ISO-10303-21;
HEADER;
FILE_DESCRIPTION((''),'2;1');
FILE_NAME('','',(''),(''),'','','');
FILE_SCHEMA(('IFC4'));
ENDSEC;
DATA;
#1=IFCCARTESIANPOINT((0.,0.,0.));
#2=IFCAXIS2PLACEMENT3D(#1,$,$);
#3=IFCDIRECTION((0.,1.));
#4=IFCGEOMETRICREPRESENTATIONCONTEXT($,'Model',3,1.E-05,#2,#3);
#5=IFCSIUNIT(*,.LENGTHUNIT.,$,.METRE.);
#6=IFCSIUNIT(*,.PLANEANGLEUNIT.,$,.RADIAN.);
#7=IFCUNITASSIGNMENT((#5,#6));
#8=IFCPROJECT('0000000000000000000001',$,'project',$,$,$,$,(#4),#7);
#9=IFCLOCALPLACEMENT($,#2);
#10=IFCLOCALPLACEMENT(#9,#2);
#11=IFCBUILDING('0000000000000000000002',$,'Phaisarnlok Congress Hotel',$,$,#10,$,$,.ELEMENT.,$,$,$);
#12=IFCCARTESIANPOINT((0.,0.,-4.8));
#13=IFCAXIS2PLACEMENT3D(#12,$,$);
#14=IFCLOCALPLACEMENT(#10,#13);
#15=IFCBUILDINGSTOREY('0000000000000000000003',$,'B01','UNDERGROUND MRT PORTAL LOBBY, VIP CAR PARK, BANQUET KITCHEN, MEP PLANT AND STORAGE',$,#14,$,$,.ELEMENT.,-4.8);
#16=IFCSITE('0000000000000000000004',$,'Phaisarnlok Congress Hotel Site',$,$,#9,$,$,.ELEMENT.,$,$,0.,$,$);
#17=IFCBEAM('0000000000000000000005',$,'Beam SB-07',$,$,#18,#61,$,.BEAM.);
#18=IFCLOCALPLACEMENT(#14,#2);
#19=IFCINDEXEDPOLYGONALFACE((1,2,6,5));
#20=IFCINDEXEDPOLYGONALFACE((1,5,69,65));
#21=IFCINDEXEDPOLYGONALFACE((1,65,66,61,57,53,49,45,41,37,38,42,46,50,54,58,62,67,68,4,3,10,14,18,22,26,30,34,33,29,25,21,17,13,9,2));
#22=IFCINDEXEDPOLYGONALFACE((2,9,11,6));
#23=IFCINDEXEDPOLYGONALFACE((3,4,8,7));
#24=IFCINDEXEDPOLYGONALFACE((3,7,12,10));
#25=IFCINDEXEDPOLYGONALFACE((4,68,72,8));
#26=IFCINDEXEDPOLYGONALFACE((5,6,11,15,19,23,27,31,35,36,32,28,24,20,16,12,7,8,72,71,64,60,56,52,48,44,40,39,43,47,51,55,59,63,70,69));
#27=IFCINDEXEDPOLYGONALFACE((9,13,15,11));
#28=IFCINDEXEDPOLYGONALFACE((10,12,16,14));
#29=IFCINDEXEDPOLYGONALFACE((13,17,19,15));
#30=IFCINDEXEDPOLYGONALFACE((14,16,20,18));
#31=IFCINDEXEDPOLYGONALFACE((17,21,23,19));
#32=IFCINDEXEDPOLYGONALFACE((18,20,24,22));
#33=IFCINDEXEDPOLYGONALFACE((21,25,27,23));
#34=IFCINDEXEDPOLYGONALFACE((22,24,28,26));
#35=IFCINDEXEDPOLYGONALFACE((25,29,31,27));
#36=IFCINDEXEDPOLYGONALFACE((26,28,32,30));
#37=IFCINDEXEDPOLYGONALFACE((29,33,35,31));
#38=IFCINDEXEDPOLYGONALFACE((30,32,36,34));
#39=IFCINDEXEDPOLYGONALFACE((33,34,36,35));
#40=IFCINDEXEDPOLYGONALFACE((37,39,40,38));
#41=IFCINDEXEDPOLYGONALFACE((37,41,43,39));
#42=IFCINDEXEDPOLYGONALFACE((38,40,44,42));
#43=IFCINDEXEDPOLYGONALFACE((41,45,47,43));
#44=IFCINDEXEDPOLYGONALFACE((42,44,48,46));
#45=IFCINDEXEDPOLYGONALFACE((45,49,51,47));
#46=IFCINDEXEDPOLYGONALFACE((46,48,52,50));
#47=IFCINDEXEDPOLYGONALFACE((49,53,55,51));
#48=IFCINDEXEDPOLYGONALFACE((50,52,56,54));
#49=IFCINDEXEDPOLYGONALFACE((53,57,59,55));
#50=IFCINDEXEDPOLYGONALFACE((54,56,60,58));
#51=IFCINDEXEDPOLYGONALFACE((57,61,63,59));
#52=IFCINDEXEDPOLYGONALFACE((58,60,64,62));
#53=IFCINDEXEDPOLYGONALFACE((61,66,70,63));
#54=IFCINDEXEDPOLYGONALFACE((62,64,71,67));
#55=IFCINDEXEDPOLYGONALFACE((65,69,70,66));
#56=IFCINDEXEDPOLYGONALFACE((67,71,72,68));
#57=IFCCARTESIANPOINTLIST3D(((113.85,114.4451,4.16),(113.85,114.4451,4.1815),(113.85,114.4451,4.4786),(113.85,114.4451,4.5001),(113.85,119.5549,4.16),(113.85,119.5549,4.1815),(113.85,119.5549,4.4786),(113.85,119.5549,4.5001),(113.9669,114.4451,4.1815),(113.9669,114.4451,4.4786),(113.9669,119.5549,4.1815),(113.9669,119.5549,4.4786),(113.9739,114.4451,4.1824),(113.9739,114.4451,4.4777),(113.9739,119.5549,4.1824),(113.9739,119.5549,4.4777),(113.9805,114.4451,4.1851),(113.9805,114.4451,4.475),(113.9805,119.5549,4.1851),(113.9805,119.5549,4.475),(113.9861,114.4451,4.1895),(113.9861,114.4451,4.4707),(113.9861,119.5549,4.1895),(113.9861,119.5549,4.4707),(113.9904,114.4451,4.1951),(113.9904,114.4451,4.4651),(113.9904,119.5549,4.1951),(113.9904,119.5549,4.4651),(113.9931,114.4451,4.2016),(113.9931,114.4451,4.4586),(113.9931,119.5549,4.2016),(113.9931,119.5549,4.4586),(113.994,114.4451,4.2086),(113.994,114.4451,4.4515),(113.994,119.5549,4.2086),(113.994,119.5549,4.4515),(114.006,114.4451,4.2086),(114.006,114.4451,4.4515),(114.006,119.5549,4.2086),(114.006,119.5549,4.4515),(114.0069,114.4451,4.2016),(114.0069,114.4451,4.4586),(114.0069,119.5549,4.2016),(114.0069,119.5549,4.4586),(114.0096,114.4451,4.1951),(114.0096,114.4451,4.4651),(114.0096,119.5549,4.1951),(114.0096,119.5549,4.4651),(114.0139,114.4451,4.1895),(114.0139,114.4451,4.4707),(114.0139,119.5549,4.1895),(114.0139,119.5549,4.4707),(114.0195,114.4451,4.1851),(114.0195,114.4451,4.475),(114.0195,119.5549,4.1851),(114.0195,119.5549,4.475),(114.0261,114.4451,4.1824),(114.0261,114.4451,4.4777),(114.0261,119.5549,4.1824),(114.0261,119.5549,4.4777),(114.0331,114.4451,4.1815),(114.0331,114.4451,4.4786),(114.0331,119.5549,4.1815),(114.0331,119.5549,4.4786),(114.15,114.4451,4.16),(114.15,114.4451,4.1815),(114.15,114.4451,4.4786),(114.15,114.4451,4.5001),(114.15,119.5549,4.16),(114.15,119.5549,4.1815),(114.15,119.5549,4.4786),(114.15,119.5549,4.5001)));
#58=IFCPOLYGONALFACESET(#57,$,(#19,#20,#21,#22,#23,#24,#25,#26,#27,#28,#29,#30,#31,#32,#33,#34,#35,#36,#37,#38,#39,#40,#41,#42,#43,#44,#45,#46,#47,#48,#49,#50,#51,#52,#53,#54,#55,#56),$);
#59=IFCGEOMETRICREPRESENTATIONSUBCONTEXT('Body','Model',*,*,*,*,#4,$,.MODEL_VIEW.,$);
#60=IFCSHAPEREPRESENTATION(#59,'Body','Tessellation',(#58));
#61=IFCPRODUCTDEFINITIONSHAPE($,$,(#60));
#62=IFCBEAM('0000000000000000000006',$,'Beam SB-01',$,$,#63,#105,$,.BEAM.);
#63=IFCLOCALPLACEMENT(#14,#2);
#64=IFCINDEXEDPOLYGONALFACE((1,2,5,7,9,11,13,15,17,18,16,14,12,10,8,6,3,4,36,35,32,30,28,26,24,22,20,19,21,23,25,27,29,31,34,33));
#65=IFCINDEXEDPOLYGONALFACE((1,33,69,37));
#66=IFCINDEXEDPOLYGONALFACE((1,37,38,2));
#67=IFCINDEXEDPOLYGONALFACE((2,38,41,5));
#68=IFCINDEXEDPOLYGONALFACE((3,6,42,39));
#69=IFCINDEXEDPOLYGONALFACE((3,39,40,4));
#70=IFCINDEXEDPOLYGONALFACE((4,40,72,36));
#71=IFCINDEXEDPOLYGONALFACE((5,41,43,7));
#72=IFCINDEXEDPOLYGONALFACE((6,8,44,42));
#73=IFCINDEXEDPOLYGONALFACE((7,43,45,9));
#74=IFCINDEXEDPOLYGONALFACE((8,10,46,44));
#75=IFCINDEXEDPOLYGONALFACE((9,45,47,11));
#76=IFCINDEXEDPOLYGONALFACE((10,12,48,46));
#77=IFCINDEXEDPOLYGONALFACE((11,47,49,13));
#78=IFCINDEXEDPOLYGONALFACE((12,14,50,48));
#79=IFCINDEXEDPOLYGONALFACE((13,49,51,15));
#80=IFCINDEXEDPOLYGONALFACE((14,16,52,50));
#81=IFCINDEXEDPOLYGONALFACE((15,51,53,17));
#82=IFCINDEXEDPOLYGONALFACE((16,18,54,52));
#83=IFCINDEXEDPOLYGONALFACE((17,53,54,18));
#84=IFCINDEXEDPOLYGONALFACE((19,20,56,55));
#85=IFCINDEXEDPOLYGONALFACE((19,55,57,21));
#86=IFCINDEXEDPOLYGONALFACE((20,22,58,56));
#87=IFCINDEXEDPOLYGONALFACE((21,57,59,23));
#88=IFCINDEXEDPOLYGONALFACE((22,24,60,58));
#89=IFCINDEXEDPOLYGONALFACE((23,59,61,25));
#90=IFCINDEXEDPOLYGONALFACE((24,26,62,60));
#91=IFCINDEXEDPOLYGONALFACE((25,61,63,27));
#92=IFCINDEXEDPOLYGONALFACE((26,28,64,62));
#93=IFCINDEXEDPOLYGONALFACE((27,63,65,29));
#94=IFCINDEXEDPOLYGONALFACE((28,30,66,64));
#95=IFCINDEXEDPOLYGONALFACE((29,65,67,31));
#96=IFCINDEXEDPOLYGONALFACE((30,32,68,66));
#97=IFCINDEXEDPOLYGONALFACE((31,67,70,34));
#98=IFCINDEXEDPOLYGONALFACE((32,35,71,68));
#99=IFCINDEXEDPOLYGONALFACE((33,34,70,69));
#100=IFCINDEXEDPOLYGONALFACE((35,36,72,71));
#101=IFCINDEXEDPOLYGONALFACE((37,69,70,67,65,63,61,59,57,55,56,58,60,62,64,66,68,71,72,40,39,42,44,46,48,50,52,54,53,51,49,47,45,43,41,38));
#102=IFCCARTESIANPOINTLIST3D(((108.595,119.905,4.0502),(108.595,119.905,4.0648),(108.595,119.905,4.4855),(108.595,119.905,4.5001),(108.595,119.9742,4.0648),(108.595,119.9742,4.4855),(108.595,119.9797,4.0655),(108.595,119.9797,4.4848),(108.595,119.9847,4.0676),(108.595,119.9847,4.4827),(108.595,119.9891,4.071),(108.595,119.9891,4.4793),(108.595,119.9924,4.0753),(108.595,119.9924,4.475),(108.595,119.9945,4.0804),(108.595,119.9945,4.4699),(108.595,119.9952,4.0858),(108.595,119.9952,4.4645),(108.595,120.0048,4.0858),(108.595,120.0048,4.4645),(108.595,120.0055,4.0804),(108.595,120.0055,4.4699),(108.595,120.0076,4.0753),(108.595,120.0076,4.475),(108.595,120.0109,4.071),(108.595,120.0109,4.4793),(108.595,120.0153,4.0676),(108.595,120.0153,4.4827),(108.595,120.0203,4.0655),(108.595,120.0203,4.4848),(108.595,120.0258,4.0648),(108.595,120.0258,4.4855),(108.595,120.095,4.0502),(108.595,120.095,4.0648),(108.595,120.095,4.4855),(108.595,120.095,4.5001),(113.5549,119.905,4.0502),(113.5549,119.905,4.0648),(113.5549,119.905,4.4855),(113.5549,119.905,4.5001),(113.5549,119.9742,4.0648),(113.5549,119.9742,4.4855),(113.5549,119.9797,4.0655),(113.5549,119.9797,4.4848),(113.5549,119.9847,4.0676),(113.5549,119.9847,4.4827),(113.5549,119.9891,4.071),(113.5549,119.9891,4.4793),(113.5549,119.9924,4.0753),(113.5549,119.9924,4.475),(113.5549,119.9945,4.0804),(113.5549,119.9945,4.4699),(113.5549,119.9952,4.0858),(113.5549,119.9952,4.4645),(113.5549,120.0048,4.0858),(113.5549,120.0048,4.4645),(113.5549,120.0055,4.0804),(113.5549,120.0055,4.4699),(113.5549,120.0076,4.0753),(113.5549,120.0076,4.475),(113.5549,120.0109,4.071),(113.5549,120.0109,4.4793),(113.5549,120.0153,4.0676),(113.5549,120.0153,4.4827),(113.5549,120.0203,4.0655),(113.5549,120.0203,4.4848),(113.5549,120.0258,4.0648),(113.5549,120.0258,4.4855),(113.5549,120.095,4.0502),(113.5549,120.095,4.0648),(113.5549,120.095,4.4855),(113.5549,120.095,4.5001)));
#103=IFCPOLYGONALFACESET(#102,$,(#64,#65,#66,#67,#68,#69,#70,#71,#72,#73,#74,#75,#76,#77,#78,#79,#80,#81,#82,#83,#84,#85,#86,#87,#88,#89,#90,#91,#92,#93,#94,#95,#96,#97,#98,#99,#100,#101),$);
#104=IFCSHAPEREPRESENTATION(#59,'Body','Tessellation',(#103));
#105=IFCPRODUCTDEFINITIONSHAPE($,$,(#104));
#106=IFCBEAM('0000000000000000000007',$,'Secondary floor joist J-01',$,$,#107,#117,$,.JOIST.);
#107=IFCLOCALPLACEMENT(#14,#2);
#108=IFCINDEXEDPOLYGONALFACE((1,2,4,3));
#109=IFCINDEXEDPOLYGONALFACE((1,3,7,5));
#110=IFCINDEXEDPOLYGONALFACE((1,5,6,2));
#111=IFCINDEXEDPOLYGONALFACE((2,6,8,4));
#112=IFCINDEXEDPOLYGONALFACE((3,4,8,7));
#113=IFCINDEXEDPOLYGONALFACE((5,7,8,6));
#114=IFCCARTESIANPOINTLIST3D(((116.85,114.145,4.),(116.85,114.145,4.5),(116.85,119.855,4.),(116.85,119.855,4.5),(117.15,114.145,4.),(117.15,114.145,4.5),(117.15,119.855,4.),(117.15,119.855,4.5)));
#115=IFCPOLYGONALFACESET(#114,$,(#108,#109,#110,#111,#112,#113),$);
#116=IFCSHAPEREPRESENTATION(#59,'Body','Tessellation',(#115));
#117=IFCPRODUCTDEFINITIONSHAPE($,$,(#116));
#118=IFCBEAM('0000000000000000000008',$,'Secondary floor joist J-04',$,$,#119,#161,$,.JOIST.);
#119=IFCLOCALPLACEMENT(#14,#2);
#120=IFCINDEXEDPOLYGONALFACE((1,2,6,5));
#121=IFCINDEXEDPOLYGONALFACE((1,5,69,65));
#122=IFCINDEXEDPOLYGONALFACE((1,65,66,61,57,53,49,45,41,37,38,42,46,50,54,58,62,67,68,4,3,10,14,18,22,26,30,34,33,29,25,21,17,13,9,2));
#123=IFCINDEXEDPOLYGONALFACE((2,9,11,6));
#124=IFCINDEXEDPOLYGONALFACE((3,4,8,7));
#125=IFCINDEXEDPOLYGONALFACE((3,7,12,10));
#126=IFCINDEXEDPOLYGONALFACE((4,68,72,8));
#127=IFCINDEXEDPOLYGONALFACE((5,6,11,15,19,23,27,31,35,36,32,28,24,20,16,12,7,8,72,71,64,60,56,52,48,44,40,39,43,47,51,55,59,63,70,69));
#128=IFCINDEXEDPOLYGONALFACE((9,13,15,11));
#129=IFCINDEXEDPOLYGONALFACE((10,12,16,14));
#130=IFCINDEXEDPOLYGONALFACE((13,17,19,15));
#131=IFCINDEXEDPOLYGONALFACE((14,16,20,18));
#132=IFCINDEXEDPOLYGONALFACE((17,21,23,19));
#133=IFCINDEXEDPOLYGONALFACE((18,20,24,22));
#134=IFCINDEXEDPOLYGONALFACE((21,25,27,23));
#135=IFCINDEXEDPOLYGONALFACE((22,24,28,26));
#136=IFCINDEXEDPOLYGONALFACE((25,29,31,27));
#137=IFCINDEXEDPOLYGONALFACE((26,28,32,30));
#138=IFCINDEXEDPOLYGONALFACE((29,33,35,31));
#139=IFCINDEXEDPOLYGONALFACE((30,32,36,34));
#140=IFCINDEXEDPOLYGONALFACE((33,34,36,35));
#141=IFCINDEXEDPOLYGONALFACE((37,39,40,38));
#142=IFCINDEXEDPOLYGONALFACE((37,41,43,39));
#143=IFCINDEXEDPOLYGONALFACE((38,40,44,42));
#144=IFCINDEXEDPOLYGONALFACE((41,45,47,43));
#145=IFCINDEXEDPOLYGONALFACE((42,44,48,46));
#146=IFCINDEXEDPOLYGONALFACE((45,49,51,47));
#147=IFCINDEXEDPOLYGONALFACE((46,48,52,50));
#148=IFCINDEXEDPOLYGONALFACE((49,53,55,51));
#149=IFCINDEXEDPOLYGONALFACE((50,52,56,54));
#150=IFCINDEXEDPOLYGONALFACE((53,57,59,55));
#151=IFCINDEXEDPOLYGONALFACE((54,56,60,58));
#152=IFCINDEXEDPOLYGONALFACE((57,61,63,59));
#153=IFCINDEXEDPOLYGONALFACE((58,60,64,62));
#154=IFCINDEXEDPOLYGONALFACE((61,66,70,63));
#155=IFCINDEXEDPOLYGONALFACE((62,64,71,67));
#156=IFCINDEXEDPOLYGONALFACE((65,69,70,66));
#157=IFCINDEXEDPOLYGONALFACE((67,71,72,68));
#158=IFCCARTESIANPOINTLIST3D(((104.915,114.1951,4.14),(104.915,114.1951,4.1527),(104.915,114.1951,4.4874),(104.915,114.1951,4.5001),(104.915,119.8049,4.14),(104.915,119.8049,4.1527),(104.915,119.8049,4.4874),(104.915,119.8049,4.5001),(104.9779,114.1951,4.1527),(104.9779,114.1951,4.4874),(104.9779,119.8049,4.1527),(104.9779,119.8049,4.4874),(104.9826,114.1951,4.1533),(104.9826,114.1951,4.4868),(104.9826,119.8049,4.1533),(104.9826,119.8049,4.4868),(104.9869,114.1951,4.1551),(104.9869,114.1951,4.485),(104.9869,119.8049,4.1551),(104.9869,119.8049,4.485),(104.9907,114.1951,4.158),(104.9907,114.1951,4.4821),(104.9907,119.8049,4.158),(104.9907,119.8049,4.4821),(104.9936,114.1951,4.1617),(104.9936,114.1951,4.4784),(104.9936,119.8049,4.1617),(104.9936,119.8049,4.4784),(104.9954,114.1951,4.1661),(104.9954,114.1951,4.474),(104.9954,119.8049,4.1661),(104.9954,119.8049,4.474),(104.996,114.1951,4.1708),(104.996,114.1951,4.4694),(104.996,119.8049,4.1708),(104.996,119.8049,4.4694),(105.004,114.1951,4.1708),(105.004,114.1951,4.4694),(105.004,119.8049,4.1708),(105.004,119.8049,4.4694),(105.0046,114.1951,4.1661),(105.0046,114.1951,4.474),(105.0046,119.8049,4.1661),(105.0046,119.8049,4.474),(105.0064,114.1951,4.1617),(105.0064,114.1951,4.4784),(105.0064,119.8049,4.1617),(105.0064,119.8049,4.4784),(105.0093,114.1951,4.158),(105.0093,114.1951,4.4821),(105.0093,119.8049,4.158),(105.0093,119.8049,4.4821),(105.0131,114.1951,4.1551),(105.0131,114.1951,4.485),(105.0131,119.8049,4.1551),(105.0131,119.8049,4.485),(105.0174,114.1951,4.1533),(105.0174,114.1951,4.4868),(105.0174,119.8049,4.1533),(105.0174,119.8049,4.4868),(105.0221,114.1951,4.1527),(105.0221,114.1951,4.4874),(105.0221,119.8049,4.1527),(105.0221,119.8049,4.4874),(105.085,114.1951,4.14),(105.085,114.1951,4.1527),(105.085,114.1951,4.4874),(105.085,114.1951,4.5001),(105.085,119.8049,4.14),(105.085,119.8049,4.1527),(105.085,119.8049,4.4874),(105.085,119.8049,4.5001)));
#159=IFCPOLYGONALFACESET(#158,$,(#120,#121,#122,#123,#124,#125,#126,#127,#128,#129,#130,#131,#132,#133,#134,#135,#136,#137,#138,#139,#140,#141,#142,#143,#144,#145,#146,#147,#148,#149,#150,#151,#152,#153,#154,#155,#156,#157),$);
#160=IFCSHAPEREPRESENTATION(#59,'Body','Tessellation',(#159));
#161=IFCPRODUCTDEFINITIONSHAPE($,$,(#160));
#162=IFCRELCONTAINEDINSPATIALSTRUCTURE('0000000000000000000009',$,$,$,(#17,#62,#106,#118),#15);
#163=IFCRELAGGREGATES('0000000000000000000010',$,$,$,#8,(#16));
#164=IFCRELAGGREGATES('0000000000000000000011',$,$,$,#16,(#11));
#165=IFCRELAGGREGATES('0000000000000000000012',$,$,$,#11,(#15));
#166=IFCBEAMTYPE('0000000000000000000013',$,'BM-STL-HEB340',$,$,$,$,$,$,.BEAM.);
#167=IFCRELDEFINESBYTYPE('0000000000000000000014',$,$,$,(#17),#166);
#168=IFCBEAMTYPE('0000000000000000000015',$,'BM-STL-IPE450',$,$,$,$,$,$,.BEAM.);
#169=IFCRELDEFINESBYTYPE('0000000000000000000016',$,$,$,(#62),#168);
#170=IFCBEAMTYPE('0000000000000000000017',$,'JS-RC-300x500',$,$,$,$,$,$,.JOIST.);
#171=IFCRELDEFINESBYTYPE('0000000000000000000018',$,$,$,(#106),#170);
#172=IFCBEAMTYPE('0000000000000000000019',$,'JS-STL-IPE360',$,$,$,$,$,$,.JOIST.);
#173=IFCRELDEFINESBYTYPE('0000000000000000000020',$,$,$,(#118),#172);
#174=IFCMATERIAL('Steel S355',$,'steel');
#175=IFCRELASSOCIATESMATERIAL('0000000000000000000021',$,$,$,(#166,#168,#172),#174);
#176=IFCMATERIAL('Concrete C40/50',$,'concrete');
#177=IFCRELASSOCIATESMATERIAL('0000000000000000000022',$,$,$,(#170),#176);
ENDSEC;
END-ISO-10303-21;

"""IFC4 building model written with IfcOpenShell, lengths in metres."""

from ifc_helpers import new_model, si_unit, direction, frame, origin, origin_2d, place, context, subcontext, project, spatial, rectangle, i_section, extrude, material, material_profile, profile_set, type_object, element, save


model = new_model("IFC4")

# Units and contexts
model_context = context("Model", 3, precision=1e-05, world=origin(), true_north=direction((0.0, 1.0)))
body_context = subcontext(model_context, "Body", "Model", "MODEL_VIEW")
ifc_project = project(units=[si_unit("LENGTHUNIT", "METRE"), si_unit("PLANEANGLEUNIT", "RADIAN")], contexts=[model_context])

# Site, building, storey
site_placement = place(None, origin())
site = spatial("IfcSite", under=ifc_project, at=site_placement, Name="Phaisarnlok Congress Hotel Site", CompositionType="ELEMENT", RefElevation=0.0)
building_placement = place(site_placement, origin())
building = spatial("IfcBuilding", under=site, at=building_placement, Name="Phaisarnlok Congress Hotel", CompositionType="ELEMENT")
storey_placement = place(building_placement, frame((0.0, 0.0, -4.8)))
storey = spatial("IfcBuildingStorey", under=building, at=storey_placement, Name="B01", Description="UNDERGROUND MRT PORTAL LOBBY, VIP CAR PARK, BANQUET KITCHEN, MEP PLANT AND STORAGE", CompositionType="ELEMENT", Elevation=-4.8)

# Shared definitions
ifc_material_1 = material(Name="Concrete C40/50", Category="concrete")

# Beams
ifc_material_2 = material(Name="Steel S355", Category="steel")
ifc_material_profile_1 = material_profile(ifc_material_2, i_section(OverallWidth=0.3, OverallDepth=0.3401, WebThickness=0.012, FlangeThickness=0.0215, FilletRadius=0.0271, at=origin_2d()), Name="HEB 340")
ifc_profile_set_1 = profile_set([ifc_material_profile_1], Name="Steel S355")
beam_type_1 = type_object("IfcBeamType", Name="BM-STL-HEB340", PredefinedType="BEAM", material=ifc_profile_set_1)
beam_1_placement = place(storey_placement, frame((114.0, 114.4451, 4.3301), z_axis=(0.0, 1.0, 0.0), x_axis=(-1.0, 0.0, 0.0)))
element("IfcBeam", 1, at=beam_1_placement, inside=storey, type_object=beam_type_1, Name="Beam SB-07", PredefinedType="BEAM", context=body_context, shape_type="SweptSolid", body=[
    extrude(i_section(OverallWidth=0.3, OverallDepth=0.3401, WebThickness=0.012, FlangeThickness=0.0215, FilletRadius=0.0271, at=origin_2d()), origin(), (0.0, 0.0, 1.0), 5.1099),
])
ifc_material_profile_2 = material_profile(ifc_material_2, i_section(OverallWidth=0.1899, OverallDepth=0.45, WebThickness=0.0095, FlangeThickness=0.0146, FilletRadius=0.021, at=origin_2d()), Name="IPE 450")
ifc_profile_set_2 = profile_set([ifc_material_profile_2], Name="Steel S355")
beam_type_2 = type_object("IfcBeamType", Name="BM-STL-IPE450", PredefinedType="BEAM", material=ifc_profile_set_2)
beam_2_placement = place(storey_placement, frame((108.595, 120.0, 4.2751), z_axis=(1.0, 0.0, 0.0), x_axis=(0.0, 1.0, 0.0)))
element("IfcBeam", 2, at=beam_2_placement, inside=storey, type_object=beam_type_2, Name="Beam SB-01", PredefinedType="BEAM", context=body_context, shape_type="SweptSolid", body=[
    extrude(i_section(OverallWidth=0.1899, OverallDepth=0.45, WebThickness=0.0095, FlangeThickness=0.0146, FilletRadius=0.021, at=origin_2d()), origin(), (0.0, 0.0, 1.0), 4.96),
])
ifc_material_profile_3 = material_profile(ifc_material_1, rectangle(XDim=0.3, YDim=0.5, at=origin_2d()), Name="RC 300x500")
ifc_profile_set_3 = profile_set([ifc_material_profile_3], Name="Concrete C40/50")
beam_type_3 = type_object("IfcBeamType", Name="JS-RC-300x500", PredefinedType="JOIST", material=ifc_profile_set_3)
beam_3_placement = place(storey_placement, frame((117.0, 114.145, 4.25), z_axis=(0.0, 1.0, 0.0), x_axis=(-1.0, 0.0, 0.0)))
element("IfcBeam", 3, at=beam_3_placement, inside=storey, type_object=beam_type_3, Name="Secondary floor joist J-01", PredefinedType="JOIST", context=body_context, shape_type="SweptSolid", body=[
    extrude(rectangle(XDim=0.3, YDim=0.5, at=origin_2d()), origin(), (0.0, 0.0, 1.0), 5.71),
])
ifc_material_profile_4 = material_profile(ifc_material_2, i_section(OverallWidth=0.1699, OverallDepth=0.3601, WebThickness=0.0081, FlangeThickness=0.0127, FilletRadius=0.0181, at=origin_2d()), Name="IPE 360")
ifc_profile_set_4 = profile_set([ifc_material_profile_4], Name="Steel S355")
beam_type_4 = type_object("IfcBeamType", Name="JS-STL-IPE360", PredefinedType="JOIST", material=ifc_profile_set_4)
for number, where, z_axis, x_axis, name in (
    (4, (105.0, 114.1951, 4.3201), (0.0, 1.0, 0.0), (-1.0, 0.0, 0.0), "Secondary floor joist J-04"),
):
    element("IfcBeam", number, at=place(storey_placement, frame(where, z_axis=z_axis, x_axis=x_axis)), inside=storey, type_object=beam_type_4, Name=name, PredefinedType="JOIST", context=body_context, shape_type="SweptSolid", body=[
        extrude(i_section(OverallWidth=0.1699, OverallDepth=0.3601, WebThickness=0.0081, FlangeThickness=0.0127, FilletRadius=0.0181, at=origin_2d()), origin(), (0.0, 0.0, 1.0), 5.6099),
    ])

save(model, "model.ifc")
